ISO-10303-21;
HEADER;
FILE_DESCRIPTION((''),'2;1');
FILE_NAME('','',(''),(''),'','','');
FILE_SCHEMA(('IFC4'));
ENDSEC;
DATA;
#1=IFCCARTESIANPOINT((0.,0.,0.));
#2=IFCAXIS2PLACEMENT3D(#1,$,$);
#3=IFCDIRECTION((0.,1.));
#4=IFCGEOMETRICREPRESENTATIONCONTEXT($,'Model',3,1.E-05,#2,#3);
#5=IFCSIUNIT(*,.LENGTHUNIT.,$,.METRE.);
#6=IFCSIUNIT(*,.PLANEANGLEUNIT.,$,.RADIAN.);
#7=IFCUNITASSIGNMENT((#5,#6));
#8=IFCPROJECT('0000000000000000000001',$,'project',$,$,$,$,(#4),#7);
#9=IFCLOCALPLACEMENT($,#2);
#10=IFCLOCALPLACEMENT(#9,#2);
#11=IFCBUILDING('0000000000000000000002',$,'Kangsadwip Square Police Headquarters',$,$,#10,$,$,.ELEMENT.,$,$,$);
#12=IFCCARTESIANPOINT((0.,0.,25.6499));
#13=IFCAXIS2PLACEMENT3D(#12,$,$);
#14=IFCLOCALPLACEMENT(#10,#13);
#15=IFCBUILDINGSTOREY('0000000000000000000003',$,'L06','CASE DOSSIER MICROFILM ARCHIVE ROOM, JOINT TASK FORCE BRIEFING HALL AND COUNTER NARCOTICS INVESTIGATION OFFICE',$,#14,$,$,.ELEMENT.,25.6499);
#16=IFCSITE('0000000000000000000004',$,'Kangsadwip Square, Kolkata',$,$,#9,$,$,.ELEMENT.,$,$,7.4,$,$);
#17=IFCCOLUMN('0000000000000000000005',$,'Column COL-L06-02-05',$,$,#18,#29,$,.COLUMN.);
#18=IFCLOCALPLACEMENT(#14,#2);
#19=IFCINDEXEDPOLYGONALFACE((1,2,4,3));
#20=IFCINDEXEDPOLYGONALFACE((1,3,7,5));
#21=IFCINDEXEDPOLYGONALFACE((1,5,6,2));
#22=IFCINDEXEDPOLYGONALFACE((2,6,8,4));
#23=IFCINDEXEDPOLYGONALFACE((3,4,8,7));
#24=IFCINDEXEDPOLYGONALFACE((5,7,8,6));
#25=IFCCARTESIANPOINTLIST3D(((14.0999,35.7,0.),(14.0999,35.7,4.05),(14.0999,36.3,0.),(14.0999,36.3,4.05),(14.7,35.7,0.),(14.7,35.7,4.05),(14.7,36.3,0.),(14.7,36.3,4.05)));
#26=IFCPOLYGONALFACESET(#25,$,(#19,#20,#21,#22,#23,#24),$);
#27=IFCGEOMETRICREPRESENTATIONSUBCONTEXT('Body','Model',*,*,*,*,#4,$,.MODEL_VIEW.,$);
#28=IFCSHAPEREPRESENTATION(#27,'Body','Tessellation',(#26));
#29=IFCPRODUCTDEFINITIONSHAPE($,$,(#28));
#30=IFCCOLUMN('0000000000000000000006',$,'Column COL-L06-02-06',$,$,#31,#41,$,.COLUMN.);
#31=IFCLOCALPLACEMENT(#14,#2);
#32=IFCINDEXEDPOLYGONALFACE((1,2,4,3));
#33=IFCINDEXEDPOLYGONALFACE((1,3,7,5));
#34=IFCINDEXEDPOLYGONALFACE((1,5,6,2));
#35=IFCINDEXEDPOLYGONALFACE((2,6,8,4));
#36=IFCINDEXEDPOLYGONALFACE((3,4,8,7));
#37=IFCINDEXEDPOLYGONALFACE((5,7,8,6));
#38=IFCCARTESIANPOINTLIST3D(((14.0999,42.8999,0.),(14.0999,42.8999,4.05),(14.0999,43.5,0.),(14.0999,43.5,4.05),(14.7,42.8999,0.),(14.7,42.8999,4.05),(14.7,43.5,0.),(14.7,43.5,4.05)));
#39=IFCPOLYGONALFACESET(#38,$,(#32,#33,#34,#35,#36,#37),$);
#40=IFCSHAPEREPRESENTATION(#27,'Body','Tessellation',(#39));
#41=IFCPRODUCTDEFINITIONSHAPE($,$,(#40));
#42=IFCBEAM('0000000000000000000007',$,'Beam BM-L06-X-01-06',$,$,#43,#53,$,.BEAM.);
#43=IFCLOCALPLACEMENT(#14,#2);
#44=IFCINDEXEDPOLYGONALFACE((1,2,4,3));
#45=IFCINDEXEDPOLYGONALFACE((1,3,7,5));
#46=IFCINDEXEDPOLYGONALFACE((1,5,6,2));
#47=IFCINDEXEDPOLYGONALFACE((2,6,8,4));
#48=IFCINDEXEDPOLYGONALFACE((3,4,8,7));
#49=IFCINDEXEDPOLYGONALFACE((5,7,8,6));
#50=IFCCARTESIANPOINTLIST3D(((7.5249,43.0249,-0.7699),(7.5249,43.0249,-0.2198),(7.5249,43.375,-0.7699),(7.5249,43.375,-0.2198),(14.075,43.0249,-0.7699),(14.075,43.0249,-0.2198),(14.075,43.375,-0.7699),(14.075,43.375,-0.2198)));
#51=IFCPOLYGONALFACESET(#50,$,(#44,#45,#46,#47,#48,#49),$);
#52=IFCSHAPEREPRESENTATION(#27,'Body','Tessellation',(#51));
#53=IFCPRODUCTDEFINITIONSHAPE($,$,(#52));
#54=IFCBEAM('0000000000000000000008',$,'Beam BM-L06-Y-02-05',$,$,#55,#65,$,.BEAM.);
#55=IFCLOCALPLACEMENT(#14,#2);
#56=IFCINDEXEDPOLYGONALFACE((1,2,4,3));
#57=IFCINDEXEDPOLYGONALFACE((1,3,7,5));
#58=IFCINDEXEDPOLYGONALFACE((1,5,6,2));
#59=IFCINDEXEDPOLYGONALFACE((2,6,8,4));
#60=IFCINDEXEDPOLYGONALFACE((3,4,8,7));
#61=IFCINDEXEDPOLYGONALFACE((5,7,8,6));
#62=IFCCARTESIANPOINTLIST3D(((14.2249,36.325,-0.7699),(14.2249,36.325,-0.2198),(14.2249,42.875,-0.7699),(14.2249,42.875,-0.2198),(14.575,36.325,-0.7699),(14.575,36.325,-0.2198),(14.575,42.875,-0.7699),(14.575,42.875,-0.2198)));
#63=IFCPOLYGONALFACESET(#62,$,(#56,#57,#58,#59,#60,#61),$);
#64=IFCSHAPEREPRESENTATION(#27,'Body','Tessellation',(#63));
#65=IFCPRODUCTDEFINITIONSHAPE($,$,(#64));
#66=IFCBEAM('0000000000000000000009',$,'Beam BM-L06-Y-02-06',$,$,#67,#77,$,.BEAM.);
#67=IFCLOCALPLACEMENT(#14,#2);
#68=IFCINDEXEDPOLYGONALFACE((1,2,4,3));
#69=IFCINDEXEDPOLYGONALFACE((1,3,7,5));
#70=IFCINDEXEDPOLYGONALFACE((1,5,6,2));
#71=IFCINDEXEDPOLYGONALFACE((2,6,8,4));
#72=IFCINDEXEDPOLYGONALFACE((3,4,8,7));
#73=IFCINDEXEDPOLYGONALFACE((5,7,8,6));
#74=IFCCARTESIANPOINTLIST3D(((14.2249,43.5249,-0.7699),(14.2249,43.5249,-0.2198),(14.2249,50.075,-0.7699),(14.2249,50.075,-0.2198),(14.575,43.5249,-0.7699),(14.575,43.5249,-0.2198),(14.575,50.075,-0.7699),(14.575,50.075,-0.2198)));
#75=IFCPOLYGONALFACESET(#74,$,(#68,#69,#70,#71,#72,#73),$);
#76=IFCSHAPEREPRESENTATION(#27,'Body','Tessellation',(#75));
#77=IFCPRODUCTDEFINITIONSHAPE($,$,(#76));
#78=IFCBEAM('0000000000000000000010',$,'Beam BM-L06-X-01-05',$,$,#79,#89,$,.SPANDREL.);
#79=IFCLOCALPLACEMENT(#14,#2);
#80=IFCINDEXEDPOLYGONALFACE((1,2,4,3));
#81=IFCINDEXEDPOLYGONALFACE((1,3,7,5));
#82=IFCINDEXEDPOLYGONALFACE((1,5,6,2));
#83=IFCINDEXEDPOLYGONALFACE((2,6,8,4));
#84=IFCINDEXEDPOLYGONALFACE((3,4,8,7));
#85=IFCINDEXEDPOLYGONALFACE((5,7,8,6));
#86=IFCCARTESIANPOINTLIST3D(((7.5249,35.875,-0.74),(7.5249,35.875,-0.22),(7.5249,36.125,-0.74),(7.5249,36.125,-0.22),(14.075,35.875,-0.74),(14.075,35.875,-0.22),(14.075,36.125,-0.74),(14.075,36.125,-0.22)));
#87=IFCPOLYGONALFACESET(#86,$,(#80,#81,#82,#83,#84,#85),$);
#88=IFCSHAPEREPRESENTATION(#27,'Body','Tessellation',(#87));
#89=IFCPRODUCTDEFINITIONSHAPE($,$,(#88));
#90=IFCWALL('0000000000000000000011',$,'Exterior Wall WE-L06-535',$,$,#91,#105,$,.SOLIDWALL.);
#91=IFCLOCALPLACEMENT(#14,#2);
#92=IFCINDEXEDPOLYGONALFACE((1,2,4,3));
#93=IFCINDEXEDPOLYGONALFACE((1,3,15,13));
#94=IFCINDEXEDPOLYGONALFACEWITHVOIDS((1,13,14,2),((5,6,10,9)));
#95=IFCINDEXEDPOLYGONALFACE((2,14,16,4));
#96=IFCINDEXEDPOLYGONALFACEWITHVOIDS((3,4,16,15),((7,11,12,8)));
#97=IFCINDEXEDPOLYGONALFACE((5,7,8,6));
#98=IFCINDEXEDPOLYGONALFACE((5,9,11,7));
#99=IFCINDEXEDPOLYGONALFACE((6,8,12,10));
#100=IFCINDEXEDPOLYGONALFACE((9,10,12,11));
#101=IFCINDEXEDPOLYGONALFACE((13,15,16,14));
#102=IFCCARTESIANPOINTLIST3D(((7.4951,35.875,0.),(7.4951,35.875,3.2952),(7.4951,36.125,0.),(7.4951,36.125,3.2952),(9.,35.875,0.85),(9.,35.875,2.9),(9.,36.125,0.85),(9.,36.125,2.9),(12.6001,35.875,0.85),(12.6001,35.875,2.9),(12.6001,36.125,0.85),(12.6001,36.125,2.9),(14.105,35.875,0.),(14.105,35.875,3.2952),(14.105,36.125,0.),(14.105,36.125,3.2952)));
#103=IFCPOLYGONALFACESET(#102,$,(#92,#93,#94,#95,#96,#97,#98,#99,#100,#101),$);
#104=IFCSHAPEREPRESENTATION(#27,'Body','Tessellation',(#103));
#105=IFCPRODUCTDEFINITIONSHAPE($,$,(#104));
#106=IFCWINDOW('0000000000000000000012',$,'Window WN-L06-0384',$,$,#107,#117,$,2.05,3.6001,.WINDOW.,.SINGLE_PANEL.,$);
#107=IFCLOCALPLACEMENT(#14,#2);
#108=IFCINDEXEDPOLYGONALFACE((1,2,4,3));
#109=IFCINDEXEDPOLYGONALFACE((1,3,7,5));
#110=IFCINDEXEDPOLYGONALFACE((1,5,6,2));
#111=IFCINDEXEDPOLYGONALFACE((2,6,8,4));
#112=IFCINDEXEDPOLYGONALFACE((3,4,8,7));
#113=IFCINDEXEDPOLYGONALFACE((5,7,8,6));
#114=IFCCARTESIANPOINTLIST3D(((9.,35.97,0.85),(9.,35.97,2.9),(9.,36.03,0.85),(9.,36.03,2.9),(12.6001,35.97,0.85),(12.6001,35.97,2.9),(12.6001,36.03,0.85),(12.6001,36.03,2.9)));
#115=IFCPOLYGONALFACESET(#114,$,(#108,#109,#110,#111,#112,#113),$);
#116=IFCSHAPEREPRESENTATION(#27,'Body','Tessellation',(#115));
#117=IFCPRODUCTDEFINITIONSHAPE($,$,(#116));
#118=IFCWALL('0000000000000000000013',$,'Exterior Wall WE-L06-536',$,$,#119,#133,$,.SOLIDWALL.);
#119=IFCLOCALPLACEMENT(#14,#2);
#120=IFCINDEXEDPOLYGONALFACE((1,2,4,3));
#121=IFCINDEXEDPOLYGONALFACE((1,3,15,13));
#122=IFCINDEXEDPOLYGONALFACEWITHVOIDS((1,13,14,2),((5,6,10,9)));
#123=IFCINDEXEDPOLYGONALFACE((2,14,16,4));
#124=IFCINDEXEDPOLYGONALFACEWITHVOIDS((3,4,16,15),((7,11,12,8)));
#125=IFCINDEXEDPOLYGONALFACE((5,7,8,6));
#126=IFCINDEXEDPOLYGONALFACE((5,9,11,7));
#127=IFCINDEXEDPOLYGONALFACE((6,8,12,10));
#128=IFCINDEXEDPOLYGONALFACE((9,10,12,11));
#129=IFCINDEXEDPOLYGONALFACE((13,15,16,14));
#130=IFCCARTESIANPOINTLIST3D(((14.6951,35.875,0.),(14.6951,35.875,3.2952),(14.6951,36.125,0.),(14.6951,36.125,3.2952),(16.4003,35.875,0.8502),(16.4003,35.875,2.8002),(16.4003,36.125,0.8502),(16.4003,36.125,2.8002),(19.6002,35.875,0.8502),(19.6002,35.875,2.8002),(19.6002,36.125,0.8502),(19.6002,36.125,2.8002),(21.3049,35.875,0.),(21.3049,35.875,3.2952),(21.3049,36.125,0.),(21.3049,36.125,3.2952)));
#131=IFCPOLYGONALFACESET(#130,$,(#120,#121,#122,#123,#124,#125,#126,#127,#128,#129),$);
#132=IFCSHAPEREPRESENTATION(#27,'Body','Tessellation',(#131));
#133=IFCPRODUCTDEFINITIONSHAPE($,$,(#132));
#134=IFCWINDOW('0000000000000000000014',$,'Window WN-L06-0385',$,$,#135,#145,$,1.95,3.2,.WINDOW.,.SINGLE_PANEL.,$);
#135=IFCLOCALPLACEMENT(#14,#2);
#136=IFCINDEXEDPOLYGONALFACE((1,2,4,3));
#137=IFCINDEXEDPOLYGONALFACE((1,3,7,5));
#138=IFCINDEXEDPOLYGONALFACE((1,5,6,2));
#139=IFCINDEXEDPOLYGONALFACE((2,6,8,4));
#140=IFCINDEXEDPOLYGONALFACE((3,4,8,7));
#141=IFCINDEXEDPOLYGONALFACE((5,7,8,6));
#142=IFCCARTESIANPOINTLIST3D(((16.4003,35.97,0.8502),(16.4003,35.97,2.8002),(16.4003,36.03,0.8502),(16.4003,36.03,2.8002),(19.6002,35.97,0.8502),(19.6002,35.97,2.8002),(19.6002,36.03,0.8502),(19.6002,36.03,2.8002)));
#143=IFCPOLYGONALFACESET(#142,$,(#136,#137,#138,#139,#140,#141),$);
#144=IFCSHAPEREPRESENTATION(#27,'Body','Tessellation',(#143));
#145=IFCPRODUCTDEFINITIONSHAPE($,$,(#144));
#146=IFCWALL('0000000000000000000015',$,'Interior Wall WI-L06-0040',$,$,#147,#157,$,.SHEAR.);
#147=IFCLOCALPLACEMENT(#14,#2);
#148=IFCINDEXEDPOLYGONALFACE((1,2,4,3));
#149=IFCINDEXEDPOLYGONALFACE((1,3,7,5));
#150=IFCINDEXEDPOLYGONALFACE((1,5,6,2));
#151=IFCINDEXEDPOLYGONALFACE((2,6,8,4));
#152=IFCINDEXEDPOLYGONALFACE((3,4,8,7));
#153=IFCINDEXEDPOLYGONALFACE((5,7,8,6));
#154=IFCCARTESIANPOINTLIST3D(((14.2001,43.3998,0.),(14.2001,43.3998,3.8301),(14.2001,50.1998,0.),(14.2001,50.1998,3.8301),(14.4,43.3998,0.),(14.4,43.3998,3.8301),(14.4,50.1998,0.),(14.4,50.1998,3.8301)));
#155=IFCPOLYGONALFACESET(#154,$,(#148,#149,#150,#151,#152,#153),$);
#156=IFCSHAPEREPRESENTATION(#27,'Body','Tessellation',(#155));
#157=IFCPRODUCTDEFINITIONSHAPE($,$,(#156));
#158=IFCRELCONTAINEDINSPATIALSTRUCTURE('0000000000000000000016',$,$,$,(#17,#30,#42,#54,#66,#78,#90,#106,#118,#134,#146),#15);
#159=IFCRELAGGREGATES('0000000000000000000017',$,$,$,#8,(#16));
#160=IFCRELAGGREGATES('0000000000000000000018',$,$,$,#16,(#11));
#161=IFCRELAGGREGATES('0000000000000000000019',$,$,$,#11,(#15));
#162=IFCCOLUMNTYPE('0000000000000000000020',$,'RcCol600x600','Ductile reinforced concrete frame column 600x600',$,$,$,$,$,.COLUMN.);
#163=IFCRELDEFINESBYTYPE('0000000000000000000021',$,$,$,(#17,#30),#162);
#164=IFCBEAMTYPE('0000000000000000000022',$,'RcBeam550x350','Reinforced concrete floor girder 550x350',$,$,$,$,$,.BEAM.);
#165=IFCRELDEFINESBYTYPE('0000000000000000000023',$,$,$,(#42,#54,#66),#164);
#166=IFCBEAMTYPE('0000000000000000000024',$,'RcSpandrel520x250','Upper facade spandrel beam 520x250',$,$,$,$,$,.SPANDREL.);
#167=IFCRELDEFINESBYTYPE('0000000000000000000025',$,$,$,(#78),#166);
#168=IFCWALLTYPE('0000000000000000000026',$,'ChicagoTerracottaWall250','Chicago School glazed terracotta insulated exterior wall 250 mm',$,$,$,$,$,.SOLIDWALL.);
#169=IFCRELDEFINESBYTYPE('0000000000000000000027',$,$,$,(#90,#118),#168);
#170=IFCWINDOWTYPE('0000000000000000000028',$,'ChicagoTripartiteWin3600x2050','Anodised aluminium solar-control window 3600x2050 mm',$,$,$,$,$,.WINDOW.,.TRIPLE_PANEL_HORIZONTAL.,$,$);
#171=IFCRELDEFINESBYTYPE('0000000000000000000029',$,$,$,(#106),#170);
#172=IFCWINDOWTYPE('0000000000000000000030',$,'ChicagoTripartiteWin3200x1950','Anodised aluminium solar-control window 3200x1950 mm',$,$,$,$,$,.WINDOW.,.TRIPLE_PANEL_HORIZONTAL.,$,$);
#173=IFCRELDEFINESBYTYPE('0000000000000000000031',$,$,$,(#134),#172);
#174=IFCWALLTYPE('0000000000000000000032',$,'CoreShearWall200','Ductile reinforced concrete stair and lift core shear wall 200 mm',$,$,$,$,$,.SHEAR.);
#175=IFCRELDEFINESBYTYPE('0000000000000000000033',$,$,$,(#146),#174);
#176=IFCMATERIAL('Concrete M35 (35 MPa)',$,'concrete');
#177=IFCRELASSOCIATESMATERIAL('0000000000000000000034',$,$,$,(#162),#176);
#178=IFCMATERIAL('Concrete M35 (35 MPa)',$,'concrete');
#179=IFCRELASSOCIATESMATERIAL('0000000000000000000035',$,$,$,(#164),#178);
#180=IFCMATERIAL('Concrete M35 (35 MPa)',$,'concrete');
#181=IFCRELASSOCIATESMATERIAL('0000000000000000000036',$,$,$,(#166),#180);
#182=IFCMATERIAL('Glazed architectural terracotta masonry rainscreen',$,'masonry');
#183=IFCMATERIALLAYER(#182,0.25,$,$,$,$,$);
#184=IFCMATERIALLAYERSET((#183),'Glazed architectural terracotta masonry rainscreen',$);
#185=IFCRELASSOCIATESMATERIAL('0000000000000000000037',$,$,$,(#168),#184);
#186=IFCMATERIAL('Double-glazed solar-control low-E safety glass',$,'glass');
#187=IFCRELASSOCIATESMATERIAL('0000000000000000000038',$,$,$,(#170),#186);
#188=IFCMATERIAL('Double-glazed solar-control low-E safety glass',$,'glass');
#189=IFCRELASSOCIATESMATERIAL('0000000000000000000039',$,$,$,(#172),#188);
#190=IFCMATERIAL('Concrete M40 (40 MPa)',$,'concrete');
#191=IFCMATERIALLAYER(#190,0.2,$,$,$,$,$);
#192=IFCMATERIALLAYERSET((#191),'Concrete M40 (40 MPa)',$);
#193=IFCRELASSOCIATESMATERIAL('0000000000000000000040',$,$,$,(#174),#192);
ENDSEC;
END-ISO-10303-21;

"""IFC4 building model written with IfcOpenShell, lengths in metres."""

from ifc_helpers import new_model, si_unit, direction, frame, frame_2d, origin, origin_2d, place, context, subcontext, project, spatial, rectangle, extrude, material, layer, layer_set, material_profile, profile_set, type_object, element, fill, save


model = new_model("IFC4")

# Units and contexts
model_context = context("Model", 3, precision=1e-05, world=origin(), true_north=direction((0.0, 1.0)))
body_context = subcontext(model_context, "Body", "Model", "MODEL_VIEW")
ifc_project = project(units=[si_unit("LENGTHUNIT", "METRE"), si_unit("PLANEANGLEUNIT", "RADIAN")], contexts=[model_context])

# Site, building, storey
site_placement = place(None, origin())
site = spatial("IfcSite", under=ifc_project, at=site_placement, Name="Kangsadwip Square, Kolkata", CompositionType="ELEMENT", RefElevation=7.4)
building_placement = place(site_placement, origin())
building = spatial("IfcBuilding", under=site, at=building_placement, Name="Kangsadwip Square Police Headquarters", CompositionType="ELEMENT")
storey_placement = place(building_placement, frame((0.0, 0.0, 25.6499)))
storey = spatial("IfcBuildingStorey", under=building, at=storey_placement, Name="L06", Description="CASE DOSSIER MICROFILM ARCHIVE ROOM, JOINT TASK FORCE BRIEFING HALL AND COUNTER NARCOTICS INVESTIGATION OFFICE", CompositionType="ELEMENT", Elevation=25.6499)

# Columns
ifc_material_1 = material(Name="Concrete M35 (35 MPa)", Category="concrete")
ifc_material_profile_1 = material_profile(ifc_material_1, rectangle(XDim=0.6001, YDim=0.6001, at=origin_2d()), Name="RC COL 600X600")
ifc_profile_set_1 = profile_set([ifc_material_profile_1], Name="Concrete M35 (35 MPa)")
column_type = type_object("IfcColumnType", Name="RcCol600x600", Description="Ductile reinforced concrete frame column 600x600", PredefinedType="COLUMN", material=ifc_profile_set_1)
for number, where, z_axis, x_axis, name in (
    (1, (14.3999, 36.0, 0.0), (0.0, 0.0, 1.0), (1.0, 0.0, 0.0), "Column COL-L06-02-05"),
    (2, (14.3999, 43.2, 0.0), (0.0, 0.0, 1.0), (1.0, 0.0, 0.0), "Column COL-L06-02-06"),
):
    element("IfcColumn", number, at=place(storey_placement, frame(where, z_axis=z_axis, x_axis=x_axis)), inside=storey, type_object=column_type, Name=name, PredefinedType="COLUMN", context=body_context, shape_type="SweptSolid", body=[
        extrude(rectangle(XDim=0.6001, YDim=0.6001, at=origin_2d()), origin(), (0.0, 0.0, 1.0), 4.05),
    ])

# Beams
ifc_material_2 = material(Name="Concrete M35 (35 MPa)", Category="concrete")
ifc_material_profile_2 = material_profile(ifc_material_2, rectangle(XDim=0.3501, YDim=0.55, at=origin_2d()), Name="RC BM 550X350")
ifc_profile_set_2 = profile_set([ifc_material_profile_2], Name="Concrete M35 (35 MPa)")
beam_type_1 = type_object("IfcBeamType", Name="RcBeam550x350", Description="Reinforced concrete floor girder 550x350", PredefinedType="BEAM", material=ifc_profile_set_2)
for number, where, z_axis, x_axis, name in (
    (3, (7.5249, 43.2, -0.4949), (1.0, 0.0, 0.0), (0.0, 1.0, 0.0), "Beam BM-L06-X-01-06"),
    (4, (14.3999, 36.325, -0.4949), (0.0, 1.0, 0.0), (-1.0, 0.0, 0.0), "Beam BM-L06-Y-02-05"),
    (5, (14.3999, 43.5249, -0.4949), (0.0, 1.0, 0.0), (-1.0, 0.0, 0.0), "Beam BM-L06-Y-02-06"),
):
    element("IfcBeam", number, at=place(storey_placement, frame(where, z_axis=z_axis, x_axis=x_axis)), inside=storey, type_object=beam_type_1, Name=name, PredefinedType="BEAM", context=body_context, shape_type="SweptSolid", body=[
        extrude(rectangle(XDim=0.3501, YDim=0.55, at=origin_2d()), origin(), (0.0, 0.0, 1.0), 6.55),
    ])
ifc_material_3 = material(Name="Concrete M35 (35 MPa)", Category="concrete")
ifc_material_profile_3 = material_profile(ifc_material_3, rectangle(XDim=0.25, YDim=0.52, at=origin_2d()), Name="RC SPN 520X250")
ifc_profile_set_3 = profile_set([ifc_material_profile_3], Name="Concrete M35 (35 MPa)")
beam_type_2 = type_object("IfcBeamType", Name="RcSpandrel520x250", Description="Upper facade spandrel beam 520x250", PredefinedType="SPANDREL", material=ifc_profile_set_3)
beam_placement = place(storey_placement, frame((7.5249, 36.0, -0.48), z_axis=(1.0, 0.0, 0.0), x_axis=(0.0, 1.0, 0.0)))
element("IfcBeam", 6, at=beam_placement, inside=storey, type_object=beam_type_2, Name="Beam BM-L06-X-01-05", PredefinedType="SPANDREL", context=body_context, shape_type="SweptSolid", body=[
    extrude(rectangle(XDim=0.25, YDim=0.52, at=origin_2d()), origin(), (0.0, 0.0, 1.0), 6.55),
])

# Walls, openings, windows
ifc_material_4 = material(Name="Glazed architectural terracotta masonry rainscreen", Category="masonry")
ifc_layer_1 = layer(ifc_material_4, 0.25)
ifc_layer_set_1 = layer_set([ifc_layer_1], Name="Glazed architectural terracotta masonry rainscreen")
wall_type_1 = type_object("IfcWallType", Name="ChicagoTerracottaWall250", Description="Chicago School glazed terracotta insulated exterior wall 250 mm", PredefinedType="SOLIDWALL", material=ifc_layer_set_1)
wall_1_placement = place(storey_placement, frame((7.4951, 36.0, 0.0), z_axis=(0.0, 0.0, 1.0), x_axis=(1.0, 0.0, 0.0)))
wall_1 = element("IfcWall", 7, at=wall_1_placement, inside=storey, type_object=wall_type_1, Name="Exterior Wall WE-L06-535", PredefinedType="SOLIDWALL", context=body_context, shape_type="SweptSolid", body=[
    extrude(rectangle(XDim=6.6099, YDim=0.25, at=frame_2d((3.3049, 0.0))), origin(), (0.0, 0.0, 1.0), 3.2952),
])
opening_1_placement = place(wall_1_placement, frame((1.5049, 0.0, 0.8501)))
opening_1 = element("IfcOpeningElement", 8, at=opening_1_placement, cuts=wall_1, PredefinedType="OPENING", context=body_context, shape_type="SweptSolid", body=[
    extrude(rectangle(XDim=3.6001, YDim=2.05, at=frame_2d((1.8, 1.0249))), frame((0.0, 0.135, 0.0), z_axis=(0.0, -1.0, 0.0), x_axis=(1.0, 0.0, 0.0)), (0.0, 0.0, 1.0), 0.27),
])
ifc_material_5 = material(Name="Double-glazed solar-control low-E safety glass", Category="glass")
window_type_1 = type_object("IfcWindowType", Name="ChicagoTripartiteWin3600x2050", Description="Anodised aluminium solar-control window 3600x2050 mm", PartitioningType="TRIPLE_PANEL_HORIZONTAL", PredefinedType="WINDOW", material=ifc_material_5)
window_1_placement = place(opening_1_placement, origin())
window_1 = element("IfcWindow", 9, at=window_1_placement, inside=storey, type_object=window_type_1, Name="Window WN-L06-0384", OverallHeight=2.05, OverallWidth=3.6001, PartitioningType="SINGLE_PANEL", PredefinedType="WINDOW", context=body_context, shape_type="SweptSolid", body=[
    extrude(rectangle(XDim=3.6001, YDim=2.05, at=frame_2d((1.8, 1.0249))), frame((0.0, 0.03, 0.0), z_axis=(0.0, -1.0, 0.0), x_axis=(1.0, 0.0, 0.0)), (0.0, 0.0, 1.0), 0.0601),
])
fill(opening_1, window_1)
wall_2_placement = place(storey_placement, frame((14.6951, 36.0, 0.0), z_axis=(0.0, 0.0, 1.0), x_axis=(1.0, 0.0, 0.0)))
wall_2 = element("IfcWall", 10, at=wall_2_placement, inside=storey, type_object=wall_type_1, Name="Exterior Wall WE-L06-536", PredefinedType="SOLIDWALL", context=body_context, shape_type="SweptSolid", body=[
    extrude(rectangle(XDim=6.6099, YDim=0.25, at=frame_2d((3.3049, 0.0))), origin(), (0.0, 0.0, 1.0), 3.2952),
])
opening_2_placement = place(wall_2_placement, frame((1.7051, 0.0, 0.8501)))
opening_2 = element("IfcOpeningElement", 11, at=opening_2_placement, cuts=wall_2, PredefinedType="OPENING", context=body_context, shape_type="SweptSolid", body=[
    extrude(rectangle(XDim=3.2, YDim=1.95, at=frame_2d((1.6001, 0.9751))), frame((0.0, 0.135, 0.0), z_axis=(0.0, -1.0, 0.0), x_axis=(1.0, 0.0, 0.0)), (0.0, 0.0, 1.0), 0.27),
])
ifc_material_6 = material(Name="Double-glazed solar-control low-E safety glass", Category="glass")
window_type_2 = type_object("IfcWindowType", Name="ChicagoTripartiteWin3200x1950", Description="Anodised aluminium solar-control window 3200x1950 mm", PartitioningType="TRIPLE_PANEL_HORIZONTAL", PredefinedType="WINDOW", material=ifc_material_6)
window_2_placement = place(opening_2_placement, origin())
window_2 = element("IfcWindow", 12, at=window_2_placement, inside=storey, type_object=window_type_2, Name="Window WN-L06-0385", OverallHeight=1.95, OverallWidth=3.2, PartitioningType="SINGLE_PANEL", PredefinedType="WINDOW", context=body_context, shape_type="SweptSolid", body=[
    extrude(rectangle(XDim=3.2, YDim=1.95, at=frame_2d((1.6001, 0.9751))), frame((0.0, 0.03, 0.0), z_axis=(0.0, -1.0, 0.0), x_axis=(1.0, 0.0, 0.0)), (0.0, 0.0, 1.0), 0.0601),
])
fill(opening_2, window_2)

# Wall
ifc_material_7 = material(Name="Concrete M40 (40 MPa)", Category="concrete")
ifc_layer_2 = layer(ifc_material_7, 0.2)
ifc_layer_set_2 = layer_set([ifc_layer_2], Name="Concrete M40 (40 MPa)")
wall_type_2 = type_object("IfcWallType", Name="CoreShearWall200", Description="Ductile reinforced concrete stair and lift core shear wall 200 mm", PredefinedType="SHEAR", material=ifc_layer_set_2)
wall_3_placement = place(storey_placement, frame((14.3, 43.3999, 0.0), z_axis=(0.0, 0.0, 1.0), x_axis=(0.0, 1.0, 0.0)))
element("IfcWall", 13, at=wall_3_placement, inside=storey, type_object=wall_type_2, Name="Interior Wall WI-L06-0040", PredefinedType="SHEAR", context=body_context, shape_type="SweptSolid", body=[
    extrude(rectangle(XDim=6.8, YDim=0.2, at=frame_2d((3.3999, 0.0))), origin(), (0.0, 0.0, 1.0), 3.8301),
])

save(model, "model.ifc")
